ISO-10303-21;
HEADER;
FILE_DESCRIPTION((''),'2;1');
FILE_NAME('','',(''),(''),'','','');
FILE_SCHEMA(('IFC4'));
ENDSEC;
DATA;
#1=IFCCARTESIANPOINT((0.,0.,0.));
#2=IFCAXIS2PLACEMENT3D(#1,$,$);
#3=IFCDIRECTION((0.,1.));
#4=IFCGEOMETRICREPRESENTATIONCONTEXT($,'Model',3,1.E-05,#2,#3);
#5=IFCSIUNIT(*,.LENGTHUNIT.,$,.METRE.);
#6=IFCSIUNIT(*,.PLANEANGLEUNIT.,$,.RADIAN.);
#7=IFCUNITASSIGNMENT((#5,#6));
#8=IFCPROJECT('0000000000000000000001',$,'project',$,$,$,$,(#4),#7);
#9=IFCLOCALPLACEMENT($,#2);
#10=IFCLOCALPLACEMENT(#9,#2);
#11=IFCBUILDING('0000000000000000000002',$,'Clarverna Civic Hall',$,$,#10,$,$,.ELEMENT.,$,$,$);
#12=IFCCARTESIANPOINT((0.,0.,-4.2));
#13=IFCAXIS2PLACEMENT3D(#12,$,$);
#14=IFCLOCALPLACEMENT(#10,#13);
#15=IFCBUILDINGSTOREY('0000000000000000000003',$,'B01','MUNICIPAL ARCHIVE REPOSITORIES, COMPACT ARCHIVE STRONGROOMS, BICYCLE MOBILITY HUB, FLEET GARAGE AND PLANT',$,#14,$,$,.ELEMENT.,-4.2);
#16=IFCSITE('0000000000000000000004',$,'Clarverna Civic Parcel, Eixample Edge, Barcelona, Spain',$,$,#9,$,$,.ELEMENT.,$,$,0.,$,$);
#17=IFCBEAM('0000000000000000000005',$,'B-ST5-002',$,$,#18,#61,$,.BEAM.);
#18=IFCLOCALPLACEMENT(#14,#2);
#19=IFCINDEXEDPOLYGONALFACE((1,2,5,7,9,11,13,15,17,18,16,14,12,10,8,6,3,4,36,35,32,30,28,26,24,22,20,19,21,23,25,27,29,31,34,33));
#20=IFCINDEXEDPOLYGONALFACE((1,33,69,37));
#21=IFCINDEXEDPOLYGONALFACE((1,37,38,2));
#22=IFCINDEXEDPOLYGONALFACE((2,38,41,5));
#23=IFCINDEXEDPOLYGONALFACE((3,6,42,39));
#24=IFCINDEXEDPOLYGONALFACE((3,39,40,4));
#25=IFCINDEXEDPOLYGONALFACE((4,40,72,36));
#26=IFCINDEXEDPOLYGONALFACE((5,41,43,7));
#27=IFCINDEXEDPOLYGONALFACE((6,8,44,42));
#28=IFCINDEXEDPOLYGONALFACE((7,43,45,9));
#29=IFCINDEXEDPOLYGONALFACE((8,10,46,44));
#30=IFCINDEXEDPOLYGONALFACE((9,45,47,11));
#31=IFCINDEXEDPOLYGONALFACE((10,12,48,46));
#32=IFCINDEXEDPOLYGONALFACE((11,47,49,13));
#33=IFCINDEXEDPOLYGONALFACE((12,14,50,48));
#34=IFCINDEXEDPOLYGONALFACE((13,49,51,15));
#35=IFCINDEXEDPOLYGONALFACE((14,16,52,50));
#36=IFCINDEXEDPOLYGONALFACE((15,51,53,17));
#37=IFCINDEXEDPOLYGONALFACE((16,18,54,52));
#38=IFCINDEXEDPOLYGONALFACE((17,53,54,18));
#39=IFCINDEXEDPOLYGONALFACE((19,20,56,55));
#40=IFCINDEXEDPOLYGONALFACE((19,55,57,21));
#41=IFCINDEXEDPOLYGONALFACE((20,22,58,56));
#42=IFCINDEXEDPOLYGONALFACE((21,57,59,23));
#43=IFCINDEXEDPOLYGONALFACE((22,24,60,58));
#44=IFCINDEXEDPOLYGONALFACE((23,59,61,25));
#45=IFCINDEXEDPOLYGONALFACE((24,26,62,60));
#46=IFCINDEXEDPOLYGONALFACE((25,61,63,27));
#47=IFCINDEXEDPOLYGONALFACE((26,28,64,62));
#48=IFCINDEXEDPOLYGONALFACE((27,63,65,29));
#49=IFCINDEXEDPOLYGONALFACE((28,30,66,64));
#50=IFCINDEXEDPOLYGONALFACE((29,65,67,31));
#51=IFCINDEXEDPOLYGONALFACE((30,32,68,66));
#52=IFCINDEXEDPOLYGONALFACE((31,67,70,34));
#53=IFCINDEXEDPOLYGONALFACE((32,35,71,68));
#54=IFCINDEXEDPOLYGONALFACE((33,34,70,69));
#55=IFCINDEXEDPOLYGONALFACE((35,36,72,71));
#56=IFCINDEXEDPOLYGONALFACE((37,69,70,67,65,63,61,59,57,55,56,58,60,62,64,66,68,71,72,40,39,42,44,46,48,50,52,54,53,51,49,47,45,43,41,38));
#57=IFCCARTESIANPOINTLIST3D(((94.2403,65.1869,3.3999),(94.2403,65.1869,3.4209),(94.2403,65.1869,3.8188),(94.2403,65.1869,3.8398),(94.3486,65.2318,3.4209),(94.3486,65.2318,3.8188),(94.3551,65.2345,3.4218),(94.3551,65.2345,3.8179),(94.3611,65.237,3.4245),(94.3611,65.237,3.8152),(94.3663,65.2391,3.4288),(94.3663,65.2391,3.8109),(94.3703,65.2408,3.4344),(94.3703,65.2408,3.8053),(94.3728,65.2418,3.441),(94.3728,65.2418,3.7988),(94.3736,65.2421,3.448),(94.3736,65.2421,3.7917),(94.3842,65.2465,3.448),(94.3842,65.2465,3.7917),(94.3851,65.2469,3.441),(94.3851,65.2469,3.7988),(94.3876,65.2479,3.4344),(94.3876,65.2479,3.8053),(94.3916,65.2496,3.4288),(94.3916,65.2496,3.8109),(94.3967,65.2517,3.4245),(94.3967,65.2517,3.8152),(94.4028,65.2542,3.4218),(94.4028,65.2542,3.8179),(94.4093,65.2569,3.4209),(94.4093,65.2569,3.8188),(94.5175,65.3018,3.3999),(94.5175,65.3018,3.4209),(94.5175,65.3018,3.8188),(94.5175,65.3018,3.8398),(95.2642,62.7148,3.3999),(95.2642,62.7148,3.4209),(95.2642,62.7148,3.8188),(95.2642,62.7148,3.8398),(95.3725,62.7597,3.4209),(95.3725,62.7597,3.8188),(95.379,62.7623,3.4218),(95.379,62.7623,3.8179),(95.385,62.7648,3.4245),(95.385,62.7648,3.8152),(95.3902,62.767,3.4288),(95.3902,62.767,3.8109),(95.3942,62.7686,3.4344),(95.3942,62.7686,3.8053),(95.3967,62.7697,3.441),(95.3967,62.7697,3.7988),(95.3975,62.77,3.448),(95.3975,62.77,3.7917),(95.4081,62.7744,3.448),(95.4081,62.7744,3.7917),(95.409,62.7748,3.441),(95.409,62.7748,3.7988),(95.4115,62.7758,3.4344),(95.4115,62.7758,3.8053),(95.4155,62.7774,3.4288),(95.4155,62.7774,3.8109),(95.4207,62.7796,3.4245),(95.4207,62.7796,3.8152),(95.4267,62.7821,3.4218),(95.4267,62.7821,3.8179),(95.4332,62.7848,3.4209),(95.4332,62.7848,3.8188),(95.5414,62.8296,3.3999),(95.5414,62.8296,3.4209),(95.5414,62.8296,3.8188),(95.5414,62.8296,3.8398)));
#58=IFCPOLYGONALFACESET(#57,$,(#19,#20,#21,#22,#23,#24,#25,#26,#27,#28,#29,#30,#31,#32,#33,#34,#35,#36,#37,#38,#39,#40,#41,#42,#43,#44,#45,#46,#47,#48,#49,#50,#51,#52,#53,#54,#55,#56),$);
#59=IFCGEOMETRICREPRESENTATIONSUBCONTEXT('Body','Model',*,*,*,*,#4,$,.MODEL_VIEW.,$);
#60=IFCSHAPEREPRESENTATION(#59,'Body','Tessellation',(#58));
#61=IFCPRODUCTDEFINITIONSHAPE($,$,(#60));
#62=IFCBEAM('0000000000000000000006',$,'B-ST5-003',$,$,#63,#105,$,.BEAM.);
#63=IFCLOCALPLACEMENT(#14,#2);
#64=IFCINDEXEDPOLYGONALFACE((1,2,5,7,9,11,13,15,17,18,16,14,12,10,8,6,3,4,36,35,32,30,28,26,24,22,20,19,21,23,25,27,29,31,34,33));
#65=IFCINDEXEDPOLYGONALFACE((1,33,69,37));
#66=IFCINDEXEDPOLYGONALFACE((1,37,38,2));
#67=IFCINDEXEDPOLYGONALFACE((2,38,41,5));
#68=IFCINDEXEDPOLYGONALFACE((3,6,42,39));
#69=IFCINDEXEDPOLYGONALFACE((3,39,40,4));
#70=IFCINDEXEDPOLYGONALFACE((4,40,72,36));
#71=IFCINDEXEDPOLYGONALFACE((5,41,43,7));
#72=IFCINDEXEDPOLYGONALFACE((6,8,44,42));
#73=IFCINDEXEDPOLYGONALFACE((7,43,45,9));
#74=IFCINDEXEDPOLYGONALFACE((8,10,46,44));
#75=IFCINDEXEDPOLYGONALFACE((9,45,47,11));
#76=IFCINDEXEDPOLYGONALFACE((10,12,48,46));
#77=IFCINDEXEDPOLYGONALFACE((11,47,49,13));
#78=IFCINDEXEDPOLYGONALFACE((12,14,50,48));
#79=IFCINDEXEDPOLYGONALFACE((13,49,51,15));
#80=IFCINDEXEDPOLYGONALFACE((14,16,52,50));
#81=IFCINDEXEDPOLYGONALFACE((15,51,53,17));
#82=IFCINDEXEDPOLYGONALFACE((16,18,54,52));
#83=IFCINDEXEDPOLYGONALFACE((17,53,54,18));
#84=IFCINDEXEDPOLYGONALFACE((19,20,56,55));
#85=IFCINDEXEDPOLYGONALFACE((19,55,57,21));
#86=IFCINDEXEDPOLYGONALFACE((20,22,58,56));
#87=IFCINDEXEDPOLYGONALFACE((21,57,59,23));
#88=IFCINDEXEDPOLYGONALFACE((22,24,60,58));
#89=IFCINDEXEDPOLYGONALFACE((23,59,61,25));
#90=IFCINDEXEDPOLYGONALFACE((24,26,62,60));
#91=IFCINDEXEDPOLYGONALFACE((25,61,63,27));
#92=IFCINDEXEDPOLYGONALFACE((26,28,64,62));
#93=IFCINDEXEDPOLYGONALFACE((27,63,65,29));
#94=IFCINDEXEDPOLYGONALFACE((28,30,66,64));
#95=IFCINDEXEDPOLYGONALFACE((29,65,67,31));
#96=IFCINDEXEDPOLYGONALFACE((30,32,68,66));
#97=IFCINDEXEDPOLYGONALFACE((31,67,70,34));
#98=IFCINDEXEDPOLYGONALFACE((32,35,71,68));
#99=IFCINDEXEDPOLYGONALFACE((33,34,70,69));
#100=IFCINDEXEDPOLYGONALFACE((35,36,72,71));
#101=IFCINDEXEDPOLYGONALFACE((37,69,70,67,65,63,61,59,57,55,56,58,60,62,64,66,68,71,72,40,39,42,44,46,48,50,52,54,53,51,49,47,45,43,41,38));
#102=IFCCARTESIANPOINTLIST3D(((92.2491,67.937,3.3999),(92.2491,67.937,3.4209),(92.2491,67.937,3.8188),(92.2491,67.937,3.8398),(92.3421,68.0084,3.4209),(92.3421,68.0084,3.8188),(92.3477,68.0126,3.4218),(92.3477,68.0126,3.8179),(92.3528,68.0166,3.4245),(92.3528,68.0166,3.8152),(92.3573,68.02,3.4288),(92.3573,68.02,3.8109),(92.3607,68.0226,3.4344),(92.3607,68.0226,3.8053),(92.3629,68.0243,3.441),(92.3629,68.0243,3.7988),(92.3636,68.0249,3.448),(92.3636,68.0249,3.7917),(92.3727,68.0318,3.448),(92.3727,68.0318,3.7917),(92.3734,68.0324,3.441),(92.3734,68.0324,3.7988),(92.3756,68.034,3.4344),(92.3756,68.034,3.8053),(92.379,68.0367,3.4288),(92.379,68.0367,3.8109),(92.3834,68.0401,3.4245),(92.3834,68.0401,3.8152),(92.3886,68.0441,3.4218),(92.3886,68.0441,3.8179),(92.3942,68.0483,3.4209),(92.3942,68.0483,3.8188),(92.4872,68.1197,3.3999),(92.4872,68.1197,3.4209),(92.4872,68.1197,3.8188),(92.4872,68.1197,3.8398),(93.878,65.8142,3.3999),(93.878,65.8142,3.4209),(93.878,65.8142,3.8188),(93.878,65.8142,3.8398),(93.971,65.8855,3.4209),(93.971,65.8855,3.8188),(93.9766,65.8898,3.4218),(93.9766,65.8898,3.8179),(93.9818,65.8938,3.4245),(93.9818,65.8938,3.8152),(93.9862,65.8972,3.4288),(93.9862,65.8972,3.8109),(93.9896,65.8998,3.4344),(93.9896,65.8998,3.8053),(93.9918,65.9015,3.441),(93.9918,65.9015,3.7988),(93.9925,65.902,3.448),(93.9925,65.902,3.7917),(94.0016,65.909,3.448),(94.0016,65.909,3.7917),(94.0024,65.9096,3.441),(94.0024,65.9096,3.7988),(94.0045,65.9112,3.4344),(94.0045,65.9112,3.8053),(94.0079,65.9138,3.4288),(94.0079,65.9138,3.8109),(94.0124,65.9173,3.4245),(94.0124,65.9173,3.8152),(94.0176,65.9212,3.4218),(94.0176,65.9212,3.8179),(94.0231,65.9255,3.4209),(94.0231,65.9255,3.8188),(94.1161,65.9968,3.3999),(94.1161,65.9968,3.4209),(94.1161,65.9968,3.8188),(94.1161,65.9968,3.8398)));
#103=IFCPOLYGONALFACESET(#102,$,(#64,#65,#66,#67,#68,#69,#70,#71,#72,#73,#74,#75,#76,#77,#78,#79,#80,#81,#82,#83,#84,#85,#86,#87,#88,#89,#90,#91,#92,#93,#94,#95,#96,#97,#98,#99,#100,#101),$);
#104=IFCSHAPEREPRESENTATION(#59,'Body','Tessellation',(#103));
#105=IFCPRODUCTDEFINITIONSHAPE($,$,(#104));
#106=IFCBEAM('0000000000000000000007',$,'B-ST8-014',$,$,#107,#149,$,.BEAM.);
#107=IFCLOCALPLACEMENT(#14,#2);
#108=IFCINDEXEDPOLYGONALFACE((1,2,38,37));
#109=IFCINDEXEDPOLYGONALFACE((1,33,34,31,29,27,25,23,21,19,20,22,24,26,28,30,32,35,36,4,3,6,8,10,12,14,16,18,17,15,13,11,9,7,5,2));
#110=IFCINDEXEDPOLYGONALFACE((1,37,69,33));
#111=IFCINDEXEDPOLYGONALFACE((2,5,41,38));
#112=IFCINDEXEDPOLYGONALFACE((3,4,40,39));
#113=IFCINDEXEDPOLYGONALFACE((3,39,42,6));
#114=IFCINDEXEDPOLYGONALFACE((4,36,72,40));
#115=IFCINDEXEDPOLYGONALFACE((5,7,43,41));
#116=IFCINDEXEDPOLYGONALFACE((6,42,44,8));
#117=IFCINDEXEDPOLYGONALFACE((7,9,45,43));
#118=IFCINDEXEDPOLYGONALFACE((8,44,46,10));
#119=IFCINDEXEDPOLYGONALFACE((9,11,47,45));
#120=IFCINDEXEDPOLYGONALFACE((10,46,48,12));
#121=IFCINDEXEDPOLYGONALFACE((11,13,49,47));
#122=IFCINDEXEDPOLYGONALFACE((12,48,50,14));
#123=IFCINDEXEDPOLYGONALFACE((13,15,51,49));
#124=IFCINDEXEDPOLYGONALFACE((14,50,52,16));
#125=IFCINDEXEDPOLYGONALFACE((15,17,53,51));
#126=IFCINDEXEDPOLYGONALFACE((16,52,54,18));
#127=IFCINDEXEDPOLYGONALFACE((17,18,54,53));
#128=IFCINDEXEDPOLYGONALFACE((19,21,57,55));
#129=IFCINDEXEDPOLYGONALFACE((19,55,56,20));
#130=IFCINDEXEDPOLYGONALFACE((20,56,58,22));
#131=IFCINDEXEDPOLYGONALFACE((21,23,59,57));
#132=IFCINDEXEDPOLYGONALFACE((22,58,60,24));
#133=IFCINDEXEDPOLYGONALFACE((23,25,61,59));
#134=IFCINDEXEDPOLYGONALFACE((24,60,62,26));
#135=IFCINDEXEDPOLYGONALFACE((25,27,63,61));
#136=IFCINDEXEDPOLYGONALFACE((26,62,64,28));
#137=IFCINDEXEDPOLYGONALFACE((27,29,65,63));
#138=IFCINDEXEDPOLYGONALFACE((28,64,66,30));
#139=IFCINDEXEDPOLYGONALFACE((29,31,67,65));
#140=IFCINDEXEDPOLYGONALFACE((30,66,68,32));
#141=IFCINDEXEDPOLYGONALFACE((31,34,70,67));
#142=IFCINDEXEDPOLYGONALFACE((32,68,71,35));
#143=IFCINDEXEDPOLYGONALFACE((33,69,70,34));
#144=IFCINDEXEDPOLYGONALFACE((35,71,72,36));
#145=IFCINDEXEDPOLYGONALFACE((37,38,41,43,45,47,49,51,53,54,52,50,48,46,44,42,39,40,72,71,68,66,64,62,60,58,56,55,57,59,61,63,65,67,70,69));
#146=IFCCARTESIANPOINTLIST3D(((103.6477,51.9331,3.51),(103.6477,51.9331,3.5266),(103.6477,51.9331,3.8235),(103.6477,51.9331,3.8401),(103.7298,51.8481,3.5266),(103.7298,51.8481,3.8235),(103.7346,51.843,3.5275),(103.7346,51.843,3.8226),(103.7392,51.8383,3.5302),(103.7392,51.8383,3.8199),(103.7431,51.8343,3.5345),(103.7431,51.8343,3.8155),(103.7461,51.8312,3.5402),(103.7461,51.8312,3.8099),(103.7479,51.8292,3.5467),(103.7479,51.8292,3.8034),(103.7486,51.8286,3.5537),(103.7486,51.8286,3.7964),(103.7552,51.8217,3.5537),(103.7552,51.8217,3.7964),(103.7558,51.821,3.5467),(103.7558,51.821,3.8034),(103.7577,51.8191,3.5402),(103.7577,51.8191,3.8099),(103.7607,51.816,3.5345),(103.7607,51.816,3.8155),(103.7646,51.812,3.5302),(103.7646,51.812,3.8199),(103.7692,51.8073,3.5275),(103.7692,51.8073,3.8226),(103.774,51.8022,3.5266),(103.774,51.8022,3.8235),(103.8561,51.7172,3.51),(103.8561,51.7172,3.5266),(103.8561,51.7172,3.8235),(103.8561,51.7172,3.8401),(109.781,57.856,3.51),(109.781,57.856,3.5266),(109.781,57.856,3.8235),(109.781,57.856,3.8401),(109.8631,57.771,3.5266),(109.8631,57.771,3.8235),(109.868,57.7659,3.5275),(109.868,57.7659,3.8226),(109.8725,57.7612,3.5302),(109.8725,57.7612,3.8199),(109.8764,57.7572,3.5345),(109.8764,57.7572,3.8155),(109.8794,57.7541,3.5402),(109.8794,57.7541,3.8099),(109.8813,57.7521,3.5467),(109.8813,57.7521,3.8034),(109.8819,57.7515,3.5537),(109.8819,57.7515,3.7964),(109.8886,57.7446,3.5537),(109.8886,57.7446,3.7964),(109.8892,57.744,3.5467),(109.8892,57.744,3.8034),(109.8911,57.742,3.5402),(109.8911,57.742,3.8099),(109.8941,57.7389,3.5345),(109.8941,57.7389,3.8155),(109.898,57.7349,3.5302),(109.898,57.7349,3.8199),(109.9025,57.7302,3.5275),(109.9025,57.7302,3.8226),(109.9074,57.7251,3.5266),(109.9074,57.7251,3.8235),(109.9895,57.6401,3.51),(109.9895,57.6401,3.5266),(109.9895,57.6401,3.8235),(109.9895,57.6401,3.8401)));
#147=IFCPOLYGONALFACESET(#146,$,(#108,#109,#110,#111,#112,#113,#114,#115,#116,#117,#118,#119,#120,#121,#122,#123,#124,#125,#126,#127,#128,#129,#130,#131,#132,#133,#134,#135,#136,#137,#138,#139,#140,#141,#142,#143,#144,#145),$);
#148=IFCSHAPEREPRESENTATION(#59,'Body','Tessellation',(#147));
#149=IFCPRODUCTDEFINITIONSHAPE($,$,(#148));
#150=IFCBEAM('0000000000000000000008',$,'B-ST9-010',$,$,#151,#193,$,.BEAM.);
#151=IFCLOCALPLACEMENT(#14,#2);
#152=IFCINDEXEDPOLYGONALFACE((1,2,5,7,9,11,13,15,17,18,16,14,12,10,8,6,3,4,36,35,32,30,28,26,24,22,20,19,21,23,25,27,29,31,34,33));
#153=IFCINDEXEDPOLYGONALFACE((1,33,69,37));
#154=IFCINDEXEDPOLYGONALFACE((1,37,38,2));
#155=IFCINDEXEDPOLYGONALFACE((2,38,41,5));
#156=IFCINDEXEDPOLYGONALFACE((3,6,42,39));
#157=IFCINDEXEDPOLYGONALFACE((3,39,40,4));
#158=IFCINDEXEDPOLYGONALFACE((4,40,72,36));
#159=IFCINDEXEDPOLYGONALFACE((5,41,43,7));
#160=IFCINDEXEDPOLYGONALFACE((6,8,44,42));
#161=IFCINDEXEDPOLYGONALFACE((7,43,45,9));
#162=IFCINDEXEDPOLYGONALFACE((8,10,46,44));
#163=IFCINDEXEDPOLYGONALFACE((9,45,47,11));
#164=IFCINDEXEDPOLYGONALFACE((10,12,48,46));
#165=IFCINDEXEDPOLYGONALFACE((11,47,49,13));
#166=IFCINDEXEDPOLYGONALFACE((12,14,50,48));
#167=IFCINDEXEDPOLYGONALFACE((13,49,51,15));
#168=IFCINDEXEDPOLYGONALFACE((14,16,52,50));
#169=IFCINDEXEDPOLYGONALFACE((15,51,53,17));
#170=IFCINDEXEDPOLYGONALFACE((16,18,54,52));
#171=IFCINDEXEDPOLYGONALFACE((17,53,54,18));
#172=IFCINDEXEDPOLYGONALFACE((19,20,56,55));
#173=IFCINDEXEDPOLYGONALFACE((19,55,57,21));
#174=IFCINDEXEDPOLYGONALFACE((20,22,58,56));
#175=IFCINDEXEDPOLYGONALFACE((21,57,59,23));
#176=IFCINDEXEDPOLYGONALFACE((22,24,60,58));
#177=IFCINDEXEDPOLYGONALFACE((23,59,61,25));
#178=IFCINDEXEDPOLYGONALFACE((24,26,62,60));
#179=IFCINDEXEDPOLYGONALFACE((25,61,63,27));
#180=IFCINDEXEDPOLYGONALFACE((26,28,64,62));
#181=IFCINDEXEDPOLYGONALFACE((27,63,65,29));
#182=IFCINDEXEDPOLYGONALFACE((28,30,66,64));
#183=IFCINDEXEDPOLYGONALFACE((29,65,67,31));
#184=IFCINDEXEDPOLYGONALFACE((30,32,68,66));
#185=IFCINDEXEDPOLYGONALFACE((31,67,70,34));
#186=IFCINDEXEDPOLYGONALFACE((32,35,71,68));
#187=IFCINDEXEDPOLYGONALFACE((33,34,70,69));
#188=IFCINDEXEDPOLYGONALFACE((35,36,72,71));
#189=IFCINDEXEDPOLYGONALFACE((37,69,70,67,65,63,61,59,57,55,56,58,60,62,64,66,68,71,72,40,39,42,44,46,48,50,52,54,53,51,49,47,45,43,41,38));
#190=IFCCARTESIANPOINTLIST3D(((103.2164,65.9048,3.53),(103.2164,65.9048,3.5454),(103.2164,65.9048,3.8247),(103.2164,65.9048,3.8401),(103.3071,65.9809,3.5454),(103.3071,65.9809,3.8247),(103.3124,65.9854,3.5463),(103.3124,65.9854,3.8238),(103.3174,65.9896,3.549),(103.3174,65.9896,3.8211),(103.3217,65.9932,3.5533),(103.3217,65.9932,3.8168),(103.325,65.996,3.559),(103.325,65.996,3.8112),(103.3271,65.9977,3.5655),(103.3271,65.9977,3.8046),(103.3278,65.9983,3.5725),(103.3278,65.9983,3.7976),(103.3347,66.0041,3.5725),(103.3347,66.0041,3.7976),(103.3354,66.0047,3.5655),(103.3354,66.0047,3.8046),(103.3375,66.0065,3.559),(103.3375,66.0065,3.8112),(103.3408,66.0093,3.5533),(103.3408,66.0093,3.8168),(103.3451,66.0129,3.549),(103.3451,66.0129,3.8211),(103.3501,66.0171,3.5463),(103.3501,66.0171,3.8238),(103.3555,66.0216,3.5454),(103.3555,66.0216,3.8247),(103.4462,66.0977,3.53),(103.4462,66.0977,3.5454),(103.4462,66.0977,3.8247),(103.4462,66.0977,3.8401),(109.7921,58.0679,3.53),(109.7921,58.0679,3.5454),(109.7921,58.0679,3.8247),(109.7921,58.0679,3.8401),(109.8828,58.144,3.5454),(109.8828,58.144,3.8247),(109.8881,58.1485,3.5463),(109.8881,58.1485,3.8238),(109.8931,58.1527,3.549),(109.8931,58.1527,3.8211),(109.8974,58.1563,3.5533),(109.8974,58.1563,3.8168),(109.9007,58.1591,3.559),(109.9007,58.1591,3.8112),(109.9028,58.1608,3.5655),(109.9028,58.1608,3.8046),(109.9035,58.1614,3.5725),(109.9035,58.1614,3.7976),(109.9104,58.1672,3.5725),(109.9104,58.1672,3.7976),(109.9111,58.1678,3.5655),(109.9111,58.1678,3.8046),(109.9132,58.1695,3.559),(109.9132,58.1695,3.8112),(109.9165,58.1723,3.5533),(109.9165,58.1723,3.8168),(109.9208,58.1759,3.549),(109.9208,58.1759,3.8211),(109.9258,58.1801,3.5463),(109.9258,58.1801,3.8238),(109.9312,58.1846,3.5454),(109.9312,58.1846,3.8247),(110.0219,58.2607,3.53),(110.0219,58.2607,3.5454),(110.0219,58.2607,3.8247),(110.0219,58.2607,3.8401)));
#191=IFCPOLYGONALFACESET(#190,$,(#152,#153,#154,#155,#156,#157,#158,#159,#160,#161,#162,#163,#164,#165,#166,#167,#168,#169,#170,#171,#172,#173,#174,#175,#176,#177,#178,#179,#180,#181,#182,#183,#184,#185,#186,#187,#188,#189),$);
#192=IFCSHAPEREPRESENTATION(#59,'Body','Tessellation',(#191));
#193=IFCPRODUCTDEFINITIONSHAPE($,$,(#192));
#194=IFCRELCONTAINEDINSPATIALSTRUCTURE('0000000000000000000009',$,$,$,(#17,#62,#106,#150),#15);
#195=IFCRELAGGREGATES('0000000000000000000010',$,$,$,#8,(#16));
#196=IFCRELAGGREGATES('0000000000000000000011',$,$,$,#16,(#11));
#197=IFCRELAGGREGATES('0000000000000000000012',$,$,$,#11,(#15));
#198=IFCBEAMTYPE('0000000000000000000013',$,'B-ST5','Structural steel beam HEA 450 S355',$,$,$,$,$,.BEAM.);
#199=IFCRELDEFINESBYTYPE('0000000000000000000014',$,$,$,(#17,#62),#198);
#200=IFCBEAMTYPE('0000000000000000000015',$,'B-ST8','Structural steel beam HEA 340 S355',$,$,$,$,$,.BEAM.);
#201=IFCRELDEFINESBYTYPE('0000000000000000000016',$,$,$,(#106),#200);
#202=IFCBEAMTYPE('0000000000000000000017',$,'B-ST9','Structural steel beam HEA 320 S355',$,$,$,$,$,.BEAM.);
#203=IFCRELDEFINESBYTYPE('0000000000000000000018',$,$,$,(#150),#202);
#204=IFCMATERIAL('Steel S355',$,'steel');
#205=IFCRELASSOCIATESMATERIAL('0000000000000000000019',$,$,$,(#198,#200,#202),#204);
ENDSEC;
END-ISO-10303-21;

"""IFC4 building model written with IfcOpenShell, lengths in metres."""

from ifc_helpers import new_model, si_unit, direction, frame, origin, origin_2d, place, context, subcontext, project, spatial, i_section, extrude, material, material_profile, profile_set, type_object, element, save


model = new_model("IFC4")

# Units and contexts
model_context = context("Model", 3, precision=1e-05, world=origin(), true_north=direction((0.0, 1.0)))
body_context = subcontext(model_context, "Body", "Model", "MODEL_VIEW")
ifc_project = project(units=[si_unit("LENGTHUNIT", "METRE"), si_unit("PLANEANGLEUNIT", "RADIAN")], contexts=[model_context])

# Site, building, storey
site_placement = place(None, origin())
site = spatial("IfcSite", under=ifc_project, at=site_placement, Name="Clarverna Civic Parcel, Eixample Edge, Barcelona, Spain", CompositionType="ELEMENT", RefElevation=0.0)
building_placement = place(site_placement, origin())
building = spatial("IfcBuilding", under=site, at=building_placement, Name="Clarverna Civic Hall", CompositionType="ELEMENT")
storey_placement = place(building_placement, frame((0.0, 0.0, -4.2)))
storey = spatial("IfcBuildingStorey", under=building, at=storey_placement, Name="B01", Description="MUNICIPAL ARCHIVE REPOSITORIES, COMPACT ARCHIVE STRONGROOMS, BICYCLE MOBILITY HUB, FLEET GARAGE AND PLANT", CompositionType="ELEMENT", Elevation=-4.2)

# Beams
ifc_material_1 = material(Name="Steel S355", Category="steel")
ifc_material_profile_1 = material_profile(ifc_material_1, i_section(OverallWidth=0.3, OverallDepth=0.4399, WebThickness=0.0115, FlangeThickness=0.021, FilletRadius=0.0271, at=origin_2d()), Name="HEA 450")
ifc_profile_set_1 = profile_set([ifc_material_profile_1], Name="Steel S355")
beam_type_1 = type_object("IfcBeamType", Name="B-ST5", Description="Structural steel beam HEA 450 S355", PredefinedType="BEAM", material=ifc_profile_set_1)
for number, where, z_axis, x_axis, name in (
    (1, (95.4028, 62.7722, 3.6199), (-0.382658, 0.92389, 0.0), (-0.92389, -0.382658, 0.0), "B-ST5-002"),
    (2, (93.9971, 65.9055, 3.6199), (-0.608767, 0.793349, 0.0), (-0.793349, -0.608767, 0.0), "B-ST5-003"),
):
    element("IfcBeam", number, at=place(storey_placement, frame(where, z_axis=z_axis, x_axis=x_axis)), inside=storey, type_object=beam_type_1, Name=name, PredefinedType="BEAM", context=body_context, shape_type="SweptSolid", body=[
        extrude(i_section(OverallWidth=0.3, OverallDepth=0.4399, WebThickness=0.0115, FlangeThickness=0.021, FilletRadius=0.0271, at=origin_2d()), origin(), (0.0, 0.0, 1.0), 2.6758),
    ])
ifc_material_profile_2 = material_profile(ifc_material_1, i_section(OverallWidth=0.3, OverallDepth=0.3301, WebThickness=0.0095, FlangeThickness=0.0166, FilletRadius=0.0271, at=origin_2d()), Name="HEA 340")
ifc_profile_set_2 = profile_set([ifc_material_profile_2], Name="Steel S355")
beam_type_2 = type_object("IfcBeamType", Name="B-ST8", Description="Structural steel beam HEA 340 S355", PredefinedType="BEAM", material=ifc_profile_set_2)
beam_1_placement = place(storey_placement, frame((109.8853, 57.748, 3.675), z_axis=(-0.71934, -0.694658, 0.0), x_axis=(0.694658, -0.71934, 0.0)))
element("IfcBeam", 3, at=beam_1_placement, inside=storey, type_object=beam_type_2, Name="B-ST8-014", PredefinedType="BEAM", context=body_context, shape_type="SweptSolid", body=[
    extrude(i_section(OverallWidth=0.3, OverallDepth=0.3301, WebThickness=0.0095, FlangeThickness=0.0166, FilletRadius=0.0271, at=origin_2d()), origin(), (0.0, 0.0, 1.0), 8.5264),
])
ifc_material_profile_3 = material_profile(ifc_material_1, i_section(OverallWidth=0.3, OverallDepth=0.3101, WebThickness=0.009, FlangeThickness=0.0154, FilletRadius=0.0271, at=origin_2d()), Name="HEA 320")
ifc_profile_set_3 = profile_set([ifc_material_profile_3], Name="Steel S355")
beam_type_3 = type_object("IfcBeamType", Name="B-ST9", Description="Structural steel beam HEA 320 S355", PredefinedType="BEAM", material=ifc_profile_set_3)
beam_2_placement = place(storey_placement, frame((109.907, 58.1643, 3.6851), z_axis=(-0.642772, 0.766057, 0.0), x_axis=(-0.766057, -0.642772, 0.0)))
element("IfcBeam", 4, at=beam_2_placement, inside=storey, type_object=beam_type_3, Name="B-ST9-010", PredefinedType="BEAM", context=body_context, shape_type="SweptSolid", body=[
    extrude(i_section(OverallWidth=0.3, OverallDepth=0.3101, WebThickness=0.009, FlangeThickness=0.0154, FilletRadius=0.0271, at=origin_2d()), origin(), (0.0, 0.0, 1.0), 10.2302),
])

save(model, "model.ifc")
